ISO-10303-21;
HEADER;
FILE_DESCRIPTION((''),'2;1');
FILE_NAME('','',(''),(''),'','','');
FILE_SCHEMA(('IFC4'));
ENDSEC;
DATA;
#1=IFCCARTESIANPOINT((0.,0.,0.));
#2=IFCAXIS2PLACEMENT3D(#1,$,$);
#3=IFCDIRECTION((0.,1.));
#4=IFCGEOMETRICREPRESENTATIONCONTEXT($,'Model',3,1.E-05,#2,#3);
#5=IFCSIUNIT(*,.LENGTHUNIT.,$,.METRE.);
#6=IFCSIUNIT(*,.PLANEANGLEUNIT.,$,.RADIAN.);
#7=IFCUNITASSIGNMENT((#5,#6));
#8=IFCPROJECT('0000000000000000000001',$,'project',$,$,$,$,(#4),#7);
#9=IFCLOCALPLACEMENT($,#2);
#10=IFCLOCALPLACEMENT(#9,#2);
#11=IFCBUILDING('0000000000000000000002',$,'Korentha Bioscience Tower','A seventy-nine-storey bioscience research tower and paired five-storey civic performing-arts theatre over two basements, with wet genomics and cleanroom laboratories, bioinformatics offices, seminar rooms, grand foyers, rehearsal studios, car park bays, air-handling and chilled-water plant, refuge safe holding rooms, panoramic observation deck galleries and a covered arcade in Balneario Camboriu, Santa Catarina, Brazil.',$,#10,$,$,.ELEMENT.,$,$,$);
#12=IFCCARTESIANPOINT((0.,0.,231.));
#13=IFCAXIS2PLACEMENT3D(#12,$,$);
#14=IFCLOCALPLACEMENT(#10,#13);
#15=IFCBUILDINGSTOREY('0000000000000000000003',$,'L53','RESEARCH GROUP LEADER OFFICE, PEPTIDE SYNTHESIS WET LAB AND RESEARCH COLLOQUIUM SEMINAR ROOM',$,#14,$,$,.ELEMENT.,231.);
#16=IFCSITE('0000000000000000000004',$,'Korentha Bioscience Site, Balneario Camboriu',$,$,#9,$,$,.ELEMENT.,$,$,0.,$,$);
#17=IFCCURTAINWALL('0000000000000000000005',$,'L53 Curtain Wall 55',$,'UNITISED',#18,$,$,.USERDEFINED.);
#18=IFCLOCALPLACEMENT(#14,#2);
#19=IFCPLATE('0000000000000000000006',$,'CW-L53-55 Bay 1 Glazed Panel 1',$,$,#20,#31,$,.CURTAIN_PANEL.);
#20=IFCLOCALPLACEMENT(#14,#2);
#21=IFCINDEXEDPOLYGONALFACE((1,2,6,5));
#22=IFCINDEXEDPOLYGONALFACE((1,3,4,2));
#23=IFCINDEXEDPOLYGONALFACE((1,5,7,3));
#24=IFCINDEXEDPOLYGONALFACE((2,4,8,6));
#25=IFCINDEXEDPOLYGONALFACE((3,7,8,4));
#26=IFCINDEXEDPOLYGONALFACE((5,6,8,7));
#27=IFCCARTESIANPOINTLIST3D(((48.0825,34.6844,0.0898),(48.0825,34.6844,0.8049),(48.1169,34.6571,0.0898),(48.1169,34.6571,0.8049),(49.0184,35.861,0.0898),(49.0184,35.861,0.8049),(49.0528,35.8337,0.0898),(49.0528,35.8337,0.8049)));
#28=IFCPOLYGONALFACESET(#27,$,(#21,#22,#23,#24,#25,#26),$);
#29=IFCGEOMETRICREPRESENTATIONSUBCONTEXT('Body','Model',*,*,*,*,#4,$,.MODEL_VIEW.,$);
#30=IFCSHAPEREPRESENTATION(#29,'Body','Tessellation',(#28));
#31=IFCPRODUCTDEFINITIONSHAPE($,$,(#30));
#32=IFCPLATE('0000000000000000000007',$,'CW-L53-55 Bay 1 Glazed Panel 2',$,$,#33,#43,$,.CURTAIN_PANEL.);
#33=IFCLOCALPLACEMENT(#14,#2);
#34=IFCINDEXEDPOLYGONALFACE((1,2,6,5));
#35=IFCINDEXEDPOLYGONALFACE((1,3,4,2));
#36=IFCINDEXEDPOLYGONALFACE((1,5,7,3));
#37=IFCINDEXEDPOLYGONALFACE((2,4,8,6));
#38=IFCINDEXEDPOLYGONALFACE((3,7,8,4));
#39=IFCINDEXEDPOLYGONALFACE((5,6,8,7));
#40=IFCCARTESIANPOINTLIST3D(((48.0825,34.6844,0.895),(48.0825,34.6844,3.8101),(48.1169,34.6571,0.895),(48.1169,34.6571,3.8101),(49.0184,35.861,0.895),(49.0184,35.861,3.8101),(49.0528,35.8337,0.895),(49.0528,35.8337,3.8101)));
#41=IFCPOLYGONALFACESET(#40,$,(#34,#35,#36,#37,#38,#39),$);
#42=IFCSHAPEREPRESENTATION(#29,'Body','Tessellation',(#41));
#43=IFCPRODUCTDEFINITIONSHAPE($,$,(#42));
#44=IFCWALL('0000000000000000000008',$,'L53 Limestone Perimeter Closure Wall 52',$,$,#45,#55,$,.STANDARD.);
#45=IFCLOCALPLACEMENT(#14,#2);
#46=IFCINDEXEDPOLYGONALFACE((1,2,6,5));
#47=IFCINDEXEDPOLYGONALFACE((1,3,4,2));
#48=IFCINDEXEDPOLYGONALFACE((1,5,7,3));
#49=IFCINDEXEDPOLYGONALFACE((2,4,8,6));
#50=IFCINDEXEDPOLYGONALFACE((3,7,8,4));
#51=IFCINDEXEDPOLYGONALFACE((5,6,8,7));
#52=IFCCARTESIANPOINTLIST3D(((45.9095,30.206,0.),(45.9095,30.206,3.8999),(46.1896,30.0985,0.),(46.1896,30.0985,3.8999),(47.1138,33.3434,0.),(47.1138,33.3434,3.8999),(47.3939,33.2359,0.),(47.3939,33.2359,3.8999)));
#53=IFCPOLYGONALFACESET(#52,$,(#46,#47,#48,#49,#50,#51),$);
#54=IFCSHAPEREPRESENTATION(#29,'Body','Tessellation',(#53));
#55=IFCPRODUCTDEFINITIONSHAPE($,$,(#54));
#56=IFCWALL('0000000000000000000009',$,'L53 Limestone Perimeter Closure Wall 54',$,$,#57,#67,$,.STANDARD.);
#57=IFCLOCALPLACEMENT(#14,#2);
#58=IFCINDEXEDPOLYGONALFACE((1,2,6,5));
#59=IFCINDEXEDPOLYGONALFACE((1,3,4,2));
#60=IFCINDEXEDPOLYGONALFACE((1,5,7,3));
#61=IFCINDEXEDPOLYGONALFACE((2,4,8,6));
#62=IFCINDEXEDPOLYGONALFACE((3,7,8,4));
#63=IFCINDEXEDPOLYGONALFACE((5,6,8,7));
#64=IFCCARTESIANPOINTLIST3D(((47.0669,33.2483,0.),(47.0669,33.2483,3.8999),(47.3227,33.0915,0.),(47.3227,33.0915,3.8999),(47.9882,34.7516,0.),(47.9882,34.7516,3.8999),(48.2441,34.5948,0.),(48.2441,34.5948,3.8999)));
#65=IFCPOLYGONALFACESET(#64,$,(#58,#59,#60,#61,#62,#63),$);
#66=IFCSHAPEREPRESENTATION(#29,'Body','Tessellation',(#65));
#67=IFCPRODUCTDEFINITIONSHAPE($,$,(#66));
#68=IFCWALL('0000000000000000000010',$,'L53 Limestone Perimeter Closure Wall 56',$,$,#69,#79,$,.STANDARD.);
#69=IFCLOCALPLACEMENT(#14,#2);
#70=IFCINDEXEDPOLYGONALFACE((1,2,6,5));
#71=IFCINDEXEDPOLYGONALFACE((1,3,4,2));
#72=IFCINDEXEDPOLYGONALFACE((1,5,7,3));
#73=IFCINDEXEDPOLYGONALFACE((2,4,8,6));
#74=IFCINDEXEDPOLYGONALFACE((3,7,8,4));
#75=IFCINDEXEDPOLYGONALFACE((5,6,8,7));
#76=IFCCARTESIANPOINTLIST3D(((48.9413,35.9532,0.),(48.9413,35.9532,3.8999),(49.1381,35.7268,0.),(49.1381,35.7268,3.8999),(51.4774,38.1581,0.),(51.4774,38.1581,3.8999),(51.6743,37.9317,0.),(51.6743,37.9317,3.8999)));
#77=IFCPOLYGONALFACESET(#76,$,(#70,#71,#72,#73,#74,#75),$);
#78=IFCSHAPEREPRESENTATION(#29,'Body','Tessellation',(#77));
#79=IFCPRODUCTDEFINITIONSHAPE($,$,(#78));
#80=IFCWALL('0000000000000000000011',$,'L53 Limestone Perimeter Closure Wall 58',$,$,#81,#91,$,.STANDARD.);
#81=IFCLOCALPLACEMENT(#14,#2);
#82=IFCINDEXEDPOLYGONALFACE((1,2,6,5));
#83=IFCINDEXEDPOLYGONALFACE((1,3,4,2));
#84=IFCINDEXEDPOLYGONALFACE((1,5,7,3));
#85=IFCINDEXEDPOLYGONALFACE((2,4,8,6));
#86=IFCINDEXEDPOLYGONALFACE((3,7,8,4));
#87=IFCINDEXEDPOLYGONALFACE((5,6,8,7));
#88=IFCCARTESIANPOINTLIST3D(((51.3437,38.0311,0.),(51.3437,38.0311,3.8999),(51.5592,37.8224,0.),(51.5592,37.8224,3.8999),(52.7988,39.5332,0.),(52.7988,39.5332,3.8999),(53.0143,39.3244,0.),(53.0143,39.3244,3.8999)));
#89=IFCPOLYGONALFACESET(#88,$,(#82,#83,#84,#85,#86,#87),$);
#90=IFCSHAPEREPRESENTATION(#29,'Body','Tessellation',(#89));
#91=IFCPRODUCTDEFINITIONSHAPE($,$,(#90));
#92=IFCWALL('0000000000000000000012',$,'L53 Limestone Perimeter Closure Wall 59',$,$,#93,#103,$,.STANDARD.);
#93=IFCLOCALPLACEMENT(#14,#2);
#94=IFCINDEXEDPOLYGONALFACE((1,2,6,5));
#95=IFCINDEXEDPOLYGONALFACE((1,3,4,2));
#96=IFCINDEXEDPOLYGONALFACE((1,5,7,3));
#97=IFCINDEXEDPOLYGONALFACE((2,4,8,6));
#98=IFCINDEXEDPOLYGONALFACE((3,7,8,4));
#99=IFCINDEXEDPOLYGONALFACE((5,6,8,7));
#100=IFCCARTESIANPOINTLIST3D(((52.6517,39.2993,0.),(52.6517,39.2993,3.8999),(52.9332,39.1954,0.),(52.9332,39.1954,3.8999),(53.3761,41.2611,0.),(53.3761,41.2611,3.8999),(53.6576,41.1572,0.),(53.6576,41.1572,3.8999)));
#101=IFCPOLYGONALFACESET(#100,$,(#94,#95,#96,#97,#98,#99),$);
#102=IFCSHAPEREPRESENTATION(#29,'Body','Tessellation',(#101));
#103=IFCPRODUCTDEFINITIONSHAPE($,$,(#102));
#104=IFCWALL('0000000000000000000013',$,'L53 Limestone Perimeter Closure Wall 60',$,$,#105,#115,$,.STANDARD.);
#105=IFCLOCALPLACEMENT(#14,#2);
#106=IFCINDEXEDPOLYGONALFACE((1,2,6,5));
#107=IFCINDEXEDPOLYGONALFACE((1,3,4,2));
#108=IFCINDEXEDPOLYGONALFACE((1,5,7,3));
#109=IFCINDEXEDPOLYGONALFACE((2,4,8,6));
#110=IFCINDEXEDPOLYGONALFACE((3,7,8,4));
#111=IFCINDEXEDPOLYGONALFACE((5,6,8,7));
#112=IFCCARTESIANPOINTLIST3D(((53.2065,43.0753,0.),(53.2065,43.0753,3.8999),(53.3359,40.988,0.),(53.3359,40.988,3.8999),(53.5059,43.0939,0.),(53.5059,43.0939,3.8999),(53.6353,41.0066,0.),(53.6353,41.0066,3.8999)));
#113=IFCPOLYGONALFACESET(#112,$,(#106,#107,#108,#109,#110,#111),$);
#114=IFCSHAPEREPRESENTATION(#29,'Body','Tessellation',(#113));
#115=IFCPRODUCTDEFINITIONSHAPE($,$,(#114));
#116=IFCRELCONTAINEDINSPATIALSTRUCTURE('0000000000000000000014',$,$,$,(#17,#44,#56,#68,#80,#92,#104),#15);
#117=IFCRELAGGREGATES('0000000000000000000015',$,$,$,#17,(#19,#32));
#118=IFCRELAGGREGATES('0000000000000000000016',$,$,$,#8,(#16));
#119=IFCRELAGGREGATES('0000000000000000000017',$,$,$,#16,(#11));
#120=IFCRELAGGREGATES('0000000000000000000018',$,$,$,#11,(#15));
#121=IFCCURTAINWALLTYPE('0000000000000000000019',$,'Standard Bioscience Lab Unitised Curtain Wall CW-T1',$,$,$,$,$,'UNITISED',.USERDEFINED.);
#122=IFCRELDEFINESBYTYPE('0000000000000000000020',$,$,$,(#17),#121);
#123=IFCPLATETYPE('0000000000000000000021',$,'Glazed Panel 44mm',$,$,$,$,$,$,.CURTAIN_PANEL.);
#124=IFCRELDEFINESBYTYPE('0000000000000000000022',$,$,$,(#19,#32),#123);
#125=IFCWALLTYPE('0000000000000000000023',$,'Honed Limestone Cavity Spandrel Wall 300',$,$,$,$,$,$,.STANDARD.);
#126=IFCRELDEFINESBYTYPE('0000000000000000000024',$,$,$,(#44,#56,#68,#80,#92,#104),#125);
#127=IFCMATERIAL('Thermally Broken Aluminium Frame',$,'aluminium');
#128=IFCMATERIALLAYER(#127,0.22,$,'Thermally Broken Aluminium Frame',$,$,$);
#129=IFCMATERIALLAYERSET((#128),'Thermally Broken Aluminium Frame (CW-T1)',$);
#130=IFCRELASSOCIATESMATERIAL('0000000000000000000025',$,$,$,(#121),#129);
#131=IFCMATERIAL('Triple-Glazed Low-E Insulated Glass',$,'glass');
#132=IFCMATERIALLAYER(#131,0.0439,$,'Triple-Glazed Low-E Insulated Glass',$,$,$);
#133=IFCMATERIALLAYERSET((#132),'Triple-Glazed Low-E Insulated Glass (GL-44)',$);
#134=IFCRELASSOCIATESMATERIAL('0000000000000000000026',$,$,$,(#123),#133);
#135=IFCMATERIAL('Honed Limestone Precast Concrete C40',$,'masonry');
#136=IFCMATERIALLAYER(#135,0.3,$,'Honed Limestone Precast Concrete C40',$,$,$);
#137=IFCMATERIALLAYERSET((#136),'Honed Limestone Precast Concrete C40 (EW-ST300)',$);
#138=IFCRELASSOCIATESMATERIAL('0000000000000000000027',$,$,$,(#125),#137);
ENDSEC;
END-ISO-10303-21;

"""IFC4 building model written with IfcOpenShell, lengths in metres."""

from ifc_helpers import new_model, si_unit, direction, frame, frame_2d, origin, origin_2d, place, context, subcontext, project, spatial, rectangle, extrude, material, layer, layer_set, type_object, element, aggregate, save


model = new_model("IFC4")

# Units and contexts
model_context = context("Model", 3, precision=1e-05, world=origin(), true_north=direction((0.0, 1.0)))
body_context = subcontext(model_context, "Body", "Model", "MODEL_VIEW")
ifc_project = project(units=[si_unit("LENGTHUNIT", "METRE"), si_unit("PLANEANGLEUNIT", "RADIAN")], contexts=[model_context])

# Site, building, storey
site_placement = place(None, origin())
site = spatial("IfcSite", under=ifc_project, at=site_placement, Name="Korentha Bioscience Site, Balneario Camboriu", CompositionType="ELEMENT", RefElevation=0.0)
building_placement = place(site_placement, origin())
building = spatial("IfcBuilding", under=site, at=building_placement, Name="Korentha Bioscience Tower", Description="A seventy-nine-storey bioscience research tower and paired five-storey civic performing-arts theatre over two basements, with wet genomics and cleanroom laboratories, bioinformatics offices, seminar rooms, grand foyers, rehearsal studios, car park bays, air-handling and chilled-water plant, refuge safe holding rooms, panoramic observation deck galleries and a covered arcade in Balneario Camboriu, Santa Catarina, Brazil.", CompositionType="ELEMENT")
storey_placement = place(building_placement, frame((0.0, 0.0, 231.0)))
storey = spatial("IfcBuildingStorey", under=building, at=storey_placement, Name="L53", Description="RESEARCH GROUP LEADER OFFICE, PEPTIDE SYNTHESIS WET LAB AND RESEARCH COLLOQUIUM SEMINAR ROOM", CompositionType="ELEMENT", Elevation=231.0)

# Shared definitions
ifc_material_1 = material(Name="Thermally Broken Aluminium Frame", Category="aluminium")
ifc_layer_1 = layer(ifc_material_1, 0.22, Name="Thermally Broken Aluminium Frame")
ifc_layer_set_1 = layer_set([ifc_layer_1], Name="Thermally Broken Aluminium Frame (CW-T1)")
curtain_wall_type = type_object("IfcCurtainWallType", Name="Standard Bioscience Lab Unitised Curtain Wall CW-T1", ElementType="UNITISED", PredefinedType="USERDEFINED", material=ifc_layer_set_1)

# Curtain wall
curtain_wall_1_placement = place(storey_placement, origin())
curtain_wall_1 = element("IfcCurtainWall", 1, at=curtain_wall_1_placement, inside=storey, type_object=curtain_wall_type, Name="L53 Curtain Wall 55", ObjectType="UNITISED", PredefinedType="USERDEFINED")

# Plates
ifc_material_2 = material(Name="Triple-Glazed Low-E Insulated Glass", Category="glass")
ifc_layer_2 = layer(ifc_material_2, 0.0439, Name="Triple-Glazed Low-E Insulated Glass")
ifc_layer_set_2 = layer_set([ifc_layer_2], Name="Triple-Glazed Low-E Insulated Glass (GL-44)")
plate_type = type_object("IfcPlateType", Name="Glazed Panel 44mm", PredefinedType="CURTAIN_PANEL", material=ifc_layer_set_2)
plate_1_placement = place(storey_placement, frame((48.5676, 35.259, 0.0898), z_axis=(0.0, 0.0, 1.0), x_axis=(0.622512, 0.78261, 0.0)))
plate_1 = element("IfcPlate", 2, at=plate_1_placement, type_object=plate_type, Name="CW-L53-55 Bay 1 Glazed Panel 1", PredefinedType="CURTAIN_PANEL", context=body_context, shape_type="SweptSolid", body=[
    extrude(rectangle(XDim=1.5034, YDim=0.0439, at=origin_2d()), origin(), (0.0, 0.0, 1.0), 0.7151),
])
plate_2_placement = place(storey_placement, frame((48.5676, 35.259, 0.895), z_axis=(0.0, 0.0, 1.0), x_axis=(0.622512, 0.78261, 0.0)))
plate_2 = element("IfcPlate", 3, at=plate_2_placement, type_object=plate_type, Name="CW-L53-55 Bay 1 Glazed Panel 2", PredefinedType="CURTAIN_PANEL", context=body_context, shape_type="SweptSolid", body=[
    extrude(rectangle(XDim=1.5034, YDim=0.0439, at=origin_2d()), origin(), (0.0, 0.0, 1.0), 2.915),
])
aggregate(curtain_wall_1, [plate_1, plate_2])

# Walls
ifc_material_3 = material(Name="Honed Limestone Precast Concrete C40", Category="masonry")
ifc_layer_3 = layer(ifc_material_3, 0.3, Name="Honed Limestone Precast Concrete C40")
ifc_layer_set_3 = layer_set([ifc_layer_3], Name="Honed Limestone Precast Concrete C40 (EW-ST300)")
wall_type = type_object("IfcWallType", Name="Honed Limestone Cavity Spandrel Wall 300", PredefinedType="STANDARD", material=ifc_layer_set_3)
wall_1_placement = place(storey_placement, frame((46.0496, 30.1523, 0.0), z_axis=(0.0, 0.0, 1.0), x_axis=(0.358366, 0.933581, 0.0)))
element("IfcWall", 4, at=wall_1_placement, inside=storey, type_object=wall_type, Name="L53 Limestone Perimeter Closure Wall 52", PredefinedType="STANDARD", context=body_context, shape_type="SweptSolid", body=[
    extrude(rectangle(XDim=3.3606, YDim=0.3, at=frame_2d((1.6802, 0.0))), origin(), (0.0, 0.0, 1.0), 3.8999),
])
wall_2_placement = place(storey_placement, frame((47.1948, 33.1699, 0.0), z_axis=(0.0, 0.0, 1.0), x_axis=(0.522536, 0.852617, 0.0)))
element("IfcWall", 5, at=wall_2_placement, inside=storey, type_object=wall_type, Name="L53 Limestone Perimeter Closure Wall 54", PredefinedType="STANDARD", context=body_context, shape_type="SweptSolid", body=[
    extrude(rectangle(XDim=1.7632, YDim=0.3, at=frame_2d((0.8816, 0.0))), origin(), (0.0, 0.0, 1.0), 3.8999),
])
wall_3_placement = place(storey_placement, frame((49.0398, 35.8401, 0.0), z_axis=(0.0, 0.0, 1.0), x_axis=(0.754679, 0.656094, 0.0)))
element("IfcWall", 6, at=wall_3_placement, inside=storey, type_object=wall_type, Name="L53 Limestone Perimeter Closure Wall 56", PredefinedType="STANDARD", context=body_context, shape_type="SweptSolid", body=[
    extrude(rectangle(XDim=3.3606, YDim=0.3, at=frame_2d((1.6802, 0.0))), origin(), (0.0, 0.0, 1.0), 3.8999),
])
for number, where, z_axis, x_axis, name in (
    (7, (51.4514, 37.9268, 0.0), (0.0, 0.0, 1.0), (0.69581, 0.718226, 0.0), "L53 Limestone Perimeter Closure Wall 58"),
    (8, (52.7925, 39.2473, 0.0), (0.0, 0.0, 1.0), (0.34636, 0.938102, 0.0), "L53 Limestone Perimeter Closure Wall 59"),
    (9, (53.4856, 40.9973, 0.0), (0.0, 0.0, 1.0), (-0.06187, 0.998084, 0.0), "L53 Limestone Perimeter Closure Wall 60"),
):
    element("IfcWall", number, at=place(storey_placement, frame(where, z_axis=z_axis, x_axis=x_axis)), inside=storey, type_object=wall_type, Name=name, PredefinedType="STANDARD", context=body_context, shape_type="SweptSolid", body=[
        extrude(rectangle(XDim=2.0913, YDim=0.3, at=frame_2d((1.0457, 0.0))), origin(), (0.0, 0.0, 1.0), 3.8999),
    ])

save(model, "model.ifc")
